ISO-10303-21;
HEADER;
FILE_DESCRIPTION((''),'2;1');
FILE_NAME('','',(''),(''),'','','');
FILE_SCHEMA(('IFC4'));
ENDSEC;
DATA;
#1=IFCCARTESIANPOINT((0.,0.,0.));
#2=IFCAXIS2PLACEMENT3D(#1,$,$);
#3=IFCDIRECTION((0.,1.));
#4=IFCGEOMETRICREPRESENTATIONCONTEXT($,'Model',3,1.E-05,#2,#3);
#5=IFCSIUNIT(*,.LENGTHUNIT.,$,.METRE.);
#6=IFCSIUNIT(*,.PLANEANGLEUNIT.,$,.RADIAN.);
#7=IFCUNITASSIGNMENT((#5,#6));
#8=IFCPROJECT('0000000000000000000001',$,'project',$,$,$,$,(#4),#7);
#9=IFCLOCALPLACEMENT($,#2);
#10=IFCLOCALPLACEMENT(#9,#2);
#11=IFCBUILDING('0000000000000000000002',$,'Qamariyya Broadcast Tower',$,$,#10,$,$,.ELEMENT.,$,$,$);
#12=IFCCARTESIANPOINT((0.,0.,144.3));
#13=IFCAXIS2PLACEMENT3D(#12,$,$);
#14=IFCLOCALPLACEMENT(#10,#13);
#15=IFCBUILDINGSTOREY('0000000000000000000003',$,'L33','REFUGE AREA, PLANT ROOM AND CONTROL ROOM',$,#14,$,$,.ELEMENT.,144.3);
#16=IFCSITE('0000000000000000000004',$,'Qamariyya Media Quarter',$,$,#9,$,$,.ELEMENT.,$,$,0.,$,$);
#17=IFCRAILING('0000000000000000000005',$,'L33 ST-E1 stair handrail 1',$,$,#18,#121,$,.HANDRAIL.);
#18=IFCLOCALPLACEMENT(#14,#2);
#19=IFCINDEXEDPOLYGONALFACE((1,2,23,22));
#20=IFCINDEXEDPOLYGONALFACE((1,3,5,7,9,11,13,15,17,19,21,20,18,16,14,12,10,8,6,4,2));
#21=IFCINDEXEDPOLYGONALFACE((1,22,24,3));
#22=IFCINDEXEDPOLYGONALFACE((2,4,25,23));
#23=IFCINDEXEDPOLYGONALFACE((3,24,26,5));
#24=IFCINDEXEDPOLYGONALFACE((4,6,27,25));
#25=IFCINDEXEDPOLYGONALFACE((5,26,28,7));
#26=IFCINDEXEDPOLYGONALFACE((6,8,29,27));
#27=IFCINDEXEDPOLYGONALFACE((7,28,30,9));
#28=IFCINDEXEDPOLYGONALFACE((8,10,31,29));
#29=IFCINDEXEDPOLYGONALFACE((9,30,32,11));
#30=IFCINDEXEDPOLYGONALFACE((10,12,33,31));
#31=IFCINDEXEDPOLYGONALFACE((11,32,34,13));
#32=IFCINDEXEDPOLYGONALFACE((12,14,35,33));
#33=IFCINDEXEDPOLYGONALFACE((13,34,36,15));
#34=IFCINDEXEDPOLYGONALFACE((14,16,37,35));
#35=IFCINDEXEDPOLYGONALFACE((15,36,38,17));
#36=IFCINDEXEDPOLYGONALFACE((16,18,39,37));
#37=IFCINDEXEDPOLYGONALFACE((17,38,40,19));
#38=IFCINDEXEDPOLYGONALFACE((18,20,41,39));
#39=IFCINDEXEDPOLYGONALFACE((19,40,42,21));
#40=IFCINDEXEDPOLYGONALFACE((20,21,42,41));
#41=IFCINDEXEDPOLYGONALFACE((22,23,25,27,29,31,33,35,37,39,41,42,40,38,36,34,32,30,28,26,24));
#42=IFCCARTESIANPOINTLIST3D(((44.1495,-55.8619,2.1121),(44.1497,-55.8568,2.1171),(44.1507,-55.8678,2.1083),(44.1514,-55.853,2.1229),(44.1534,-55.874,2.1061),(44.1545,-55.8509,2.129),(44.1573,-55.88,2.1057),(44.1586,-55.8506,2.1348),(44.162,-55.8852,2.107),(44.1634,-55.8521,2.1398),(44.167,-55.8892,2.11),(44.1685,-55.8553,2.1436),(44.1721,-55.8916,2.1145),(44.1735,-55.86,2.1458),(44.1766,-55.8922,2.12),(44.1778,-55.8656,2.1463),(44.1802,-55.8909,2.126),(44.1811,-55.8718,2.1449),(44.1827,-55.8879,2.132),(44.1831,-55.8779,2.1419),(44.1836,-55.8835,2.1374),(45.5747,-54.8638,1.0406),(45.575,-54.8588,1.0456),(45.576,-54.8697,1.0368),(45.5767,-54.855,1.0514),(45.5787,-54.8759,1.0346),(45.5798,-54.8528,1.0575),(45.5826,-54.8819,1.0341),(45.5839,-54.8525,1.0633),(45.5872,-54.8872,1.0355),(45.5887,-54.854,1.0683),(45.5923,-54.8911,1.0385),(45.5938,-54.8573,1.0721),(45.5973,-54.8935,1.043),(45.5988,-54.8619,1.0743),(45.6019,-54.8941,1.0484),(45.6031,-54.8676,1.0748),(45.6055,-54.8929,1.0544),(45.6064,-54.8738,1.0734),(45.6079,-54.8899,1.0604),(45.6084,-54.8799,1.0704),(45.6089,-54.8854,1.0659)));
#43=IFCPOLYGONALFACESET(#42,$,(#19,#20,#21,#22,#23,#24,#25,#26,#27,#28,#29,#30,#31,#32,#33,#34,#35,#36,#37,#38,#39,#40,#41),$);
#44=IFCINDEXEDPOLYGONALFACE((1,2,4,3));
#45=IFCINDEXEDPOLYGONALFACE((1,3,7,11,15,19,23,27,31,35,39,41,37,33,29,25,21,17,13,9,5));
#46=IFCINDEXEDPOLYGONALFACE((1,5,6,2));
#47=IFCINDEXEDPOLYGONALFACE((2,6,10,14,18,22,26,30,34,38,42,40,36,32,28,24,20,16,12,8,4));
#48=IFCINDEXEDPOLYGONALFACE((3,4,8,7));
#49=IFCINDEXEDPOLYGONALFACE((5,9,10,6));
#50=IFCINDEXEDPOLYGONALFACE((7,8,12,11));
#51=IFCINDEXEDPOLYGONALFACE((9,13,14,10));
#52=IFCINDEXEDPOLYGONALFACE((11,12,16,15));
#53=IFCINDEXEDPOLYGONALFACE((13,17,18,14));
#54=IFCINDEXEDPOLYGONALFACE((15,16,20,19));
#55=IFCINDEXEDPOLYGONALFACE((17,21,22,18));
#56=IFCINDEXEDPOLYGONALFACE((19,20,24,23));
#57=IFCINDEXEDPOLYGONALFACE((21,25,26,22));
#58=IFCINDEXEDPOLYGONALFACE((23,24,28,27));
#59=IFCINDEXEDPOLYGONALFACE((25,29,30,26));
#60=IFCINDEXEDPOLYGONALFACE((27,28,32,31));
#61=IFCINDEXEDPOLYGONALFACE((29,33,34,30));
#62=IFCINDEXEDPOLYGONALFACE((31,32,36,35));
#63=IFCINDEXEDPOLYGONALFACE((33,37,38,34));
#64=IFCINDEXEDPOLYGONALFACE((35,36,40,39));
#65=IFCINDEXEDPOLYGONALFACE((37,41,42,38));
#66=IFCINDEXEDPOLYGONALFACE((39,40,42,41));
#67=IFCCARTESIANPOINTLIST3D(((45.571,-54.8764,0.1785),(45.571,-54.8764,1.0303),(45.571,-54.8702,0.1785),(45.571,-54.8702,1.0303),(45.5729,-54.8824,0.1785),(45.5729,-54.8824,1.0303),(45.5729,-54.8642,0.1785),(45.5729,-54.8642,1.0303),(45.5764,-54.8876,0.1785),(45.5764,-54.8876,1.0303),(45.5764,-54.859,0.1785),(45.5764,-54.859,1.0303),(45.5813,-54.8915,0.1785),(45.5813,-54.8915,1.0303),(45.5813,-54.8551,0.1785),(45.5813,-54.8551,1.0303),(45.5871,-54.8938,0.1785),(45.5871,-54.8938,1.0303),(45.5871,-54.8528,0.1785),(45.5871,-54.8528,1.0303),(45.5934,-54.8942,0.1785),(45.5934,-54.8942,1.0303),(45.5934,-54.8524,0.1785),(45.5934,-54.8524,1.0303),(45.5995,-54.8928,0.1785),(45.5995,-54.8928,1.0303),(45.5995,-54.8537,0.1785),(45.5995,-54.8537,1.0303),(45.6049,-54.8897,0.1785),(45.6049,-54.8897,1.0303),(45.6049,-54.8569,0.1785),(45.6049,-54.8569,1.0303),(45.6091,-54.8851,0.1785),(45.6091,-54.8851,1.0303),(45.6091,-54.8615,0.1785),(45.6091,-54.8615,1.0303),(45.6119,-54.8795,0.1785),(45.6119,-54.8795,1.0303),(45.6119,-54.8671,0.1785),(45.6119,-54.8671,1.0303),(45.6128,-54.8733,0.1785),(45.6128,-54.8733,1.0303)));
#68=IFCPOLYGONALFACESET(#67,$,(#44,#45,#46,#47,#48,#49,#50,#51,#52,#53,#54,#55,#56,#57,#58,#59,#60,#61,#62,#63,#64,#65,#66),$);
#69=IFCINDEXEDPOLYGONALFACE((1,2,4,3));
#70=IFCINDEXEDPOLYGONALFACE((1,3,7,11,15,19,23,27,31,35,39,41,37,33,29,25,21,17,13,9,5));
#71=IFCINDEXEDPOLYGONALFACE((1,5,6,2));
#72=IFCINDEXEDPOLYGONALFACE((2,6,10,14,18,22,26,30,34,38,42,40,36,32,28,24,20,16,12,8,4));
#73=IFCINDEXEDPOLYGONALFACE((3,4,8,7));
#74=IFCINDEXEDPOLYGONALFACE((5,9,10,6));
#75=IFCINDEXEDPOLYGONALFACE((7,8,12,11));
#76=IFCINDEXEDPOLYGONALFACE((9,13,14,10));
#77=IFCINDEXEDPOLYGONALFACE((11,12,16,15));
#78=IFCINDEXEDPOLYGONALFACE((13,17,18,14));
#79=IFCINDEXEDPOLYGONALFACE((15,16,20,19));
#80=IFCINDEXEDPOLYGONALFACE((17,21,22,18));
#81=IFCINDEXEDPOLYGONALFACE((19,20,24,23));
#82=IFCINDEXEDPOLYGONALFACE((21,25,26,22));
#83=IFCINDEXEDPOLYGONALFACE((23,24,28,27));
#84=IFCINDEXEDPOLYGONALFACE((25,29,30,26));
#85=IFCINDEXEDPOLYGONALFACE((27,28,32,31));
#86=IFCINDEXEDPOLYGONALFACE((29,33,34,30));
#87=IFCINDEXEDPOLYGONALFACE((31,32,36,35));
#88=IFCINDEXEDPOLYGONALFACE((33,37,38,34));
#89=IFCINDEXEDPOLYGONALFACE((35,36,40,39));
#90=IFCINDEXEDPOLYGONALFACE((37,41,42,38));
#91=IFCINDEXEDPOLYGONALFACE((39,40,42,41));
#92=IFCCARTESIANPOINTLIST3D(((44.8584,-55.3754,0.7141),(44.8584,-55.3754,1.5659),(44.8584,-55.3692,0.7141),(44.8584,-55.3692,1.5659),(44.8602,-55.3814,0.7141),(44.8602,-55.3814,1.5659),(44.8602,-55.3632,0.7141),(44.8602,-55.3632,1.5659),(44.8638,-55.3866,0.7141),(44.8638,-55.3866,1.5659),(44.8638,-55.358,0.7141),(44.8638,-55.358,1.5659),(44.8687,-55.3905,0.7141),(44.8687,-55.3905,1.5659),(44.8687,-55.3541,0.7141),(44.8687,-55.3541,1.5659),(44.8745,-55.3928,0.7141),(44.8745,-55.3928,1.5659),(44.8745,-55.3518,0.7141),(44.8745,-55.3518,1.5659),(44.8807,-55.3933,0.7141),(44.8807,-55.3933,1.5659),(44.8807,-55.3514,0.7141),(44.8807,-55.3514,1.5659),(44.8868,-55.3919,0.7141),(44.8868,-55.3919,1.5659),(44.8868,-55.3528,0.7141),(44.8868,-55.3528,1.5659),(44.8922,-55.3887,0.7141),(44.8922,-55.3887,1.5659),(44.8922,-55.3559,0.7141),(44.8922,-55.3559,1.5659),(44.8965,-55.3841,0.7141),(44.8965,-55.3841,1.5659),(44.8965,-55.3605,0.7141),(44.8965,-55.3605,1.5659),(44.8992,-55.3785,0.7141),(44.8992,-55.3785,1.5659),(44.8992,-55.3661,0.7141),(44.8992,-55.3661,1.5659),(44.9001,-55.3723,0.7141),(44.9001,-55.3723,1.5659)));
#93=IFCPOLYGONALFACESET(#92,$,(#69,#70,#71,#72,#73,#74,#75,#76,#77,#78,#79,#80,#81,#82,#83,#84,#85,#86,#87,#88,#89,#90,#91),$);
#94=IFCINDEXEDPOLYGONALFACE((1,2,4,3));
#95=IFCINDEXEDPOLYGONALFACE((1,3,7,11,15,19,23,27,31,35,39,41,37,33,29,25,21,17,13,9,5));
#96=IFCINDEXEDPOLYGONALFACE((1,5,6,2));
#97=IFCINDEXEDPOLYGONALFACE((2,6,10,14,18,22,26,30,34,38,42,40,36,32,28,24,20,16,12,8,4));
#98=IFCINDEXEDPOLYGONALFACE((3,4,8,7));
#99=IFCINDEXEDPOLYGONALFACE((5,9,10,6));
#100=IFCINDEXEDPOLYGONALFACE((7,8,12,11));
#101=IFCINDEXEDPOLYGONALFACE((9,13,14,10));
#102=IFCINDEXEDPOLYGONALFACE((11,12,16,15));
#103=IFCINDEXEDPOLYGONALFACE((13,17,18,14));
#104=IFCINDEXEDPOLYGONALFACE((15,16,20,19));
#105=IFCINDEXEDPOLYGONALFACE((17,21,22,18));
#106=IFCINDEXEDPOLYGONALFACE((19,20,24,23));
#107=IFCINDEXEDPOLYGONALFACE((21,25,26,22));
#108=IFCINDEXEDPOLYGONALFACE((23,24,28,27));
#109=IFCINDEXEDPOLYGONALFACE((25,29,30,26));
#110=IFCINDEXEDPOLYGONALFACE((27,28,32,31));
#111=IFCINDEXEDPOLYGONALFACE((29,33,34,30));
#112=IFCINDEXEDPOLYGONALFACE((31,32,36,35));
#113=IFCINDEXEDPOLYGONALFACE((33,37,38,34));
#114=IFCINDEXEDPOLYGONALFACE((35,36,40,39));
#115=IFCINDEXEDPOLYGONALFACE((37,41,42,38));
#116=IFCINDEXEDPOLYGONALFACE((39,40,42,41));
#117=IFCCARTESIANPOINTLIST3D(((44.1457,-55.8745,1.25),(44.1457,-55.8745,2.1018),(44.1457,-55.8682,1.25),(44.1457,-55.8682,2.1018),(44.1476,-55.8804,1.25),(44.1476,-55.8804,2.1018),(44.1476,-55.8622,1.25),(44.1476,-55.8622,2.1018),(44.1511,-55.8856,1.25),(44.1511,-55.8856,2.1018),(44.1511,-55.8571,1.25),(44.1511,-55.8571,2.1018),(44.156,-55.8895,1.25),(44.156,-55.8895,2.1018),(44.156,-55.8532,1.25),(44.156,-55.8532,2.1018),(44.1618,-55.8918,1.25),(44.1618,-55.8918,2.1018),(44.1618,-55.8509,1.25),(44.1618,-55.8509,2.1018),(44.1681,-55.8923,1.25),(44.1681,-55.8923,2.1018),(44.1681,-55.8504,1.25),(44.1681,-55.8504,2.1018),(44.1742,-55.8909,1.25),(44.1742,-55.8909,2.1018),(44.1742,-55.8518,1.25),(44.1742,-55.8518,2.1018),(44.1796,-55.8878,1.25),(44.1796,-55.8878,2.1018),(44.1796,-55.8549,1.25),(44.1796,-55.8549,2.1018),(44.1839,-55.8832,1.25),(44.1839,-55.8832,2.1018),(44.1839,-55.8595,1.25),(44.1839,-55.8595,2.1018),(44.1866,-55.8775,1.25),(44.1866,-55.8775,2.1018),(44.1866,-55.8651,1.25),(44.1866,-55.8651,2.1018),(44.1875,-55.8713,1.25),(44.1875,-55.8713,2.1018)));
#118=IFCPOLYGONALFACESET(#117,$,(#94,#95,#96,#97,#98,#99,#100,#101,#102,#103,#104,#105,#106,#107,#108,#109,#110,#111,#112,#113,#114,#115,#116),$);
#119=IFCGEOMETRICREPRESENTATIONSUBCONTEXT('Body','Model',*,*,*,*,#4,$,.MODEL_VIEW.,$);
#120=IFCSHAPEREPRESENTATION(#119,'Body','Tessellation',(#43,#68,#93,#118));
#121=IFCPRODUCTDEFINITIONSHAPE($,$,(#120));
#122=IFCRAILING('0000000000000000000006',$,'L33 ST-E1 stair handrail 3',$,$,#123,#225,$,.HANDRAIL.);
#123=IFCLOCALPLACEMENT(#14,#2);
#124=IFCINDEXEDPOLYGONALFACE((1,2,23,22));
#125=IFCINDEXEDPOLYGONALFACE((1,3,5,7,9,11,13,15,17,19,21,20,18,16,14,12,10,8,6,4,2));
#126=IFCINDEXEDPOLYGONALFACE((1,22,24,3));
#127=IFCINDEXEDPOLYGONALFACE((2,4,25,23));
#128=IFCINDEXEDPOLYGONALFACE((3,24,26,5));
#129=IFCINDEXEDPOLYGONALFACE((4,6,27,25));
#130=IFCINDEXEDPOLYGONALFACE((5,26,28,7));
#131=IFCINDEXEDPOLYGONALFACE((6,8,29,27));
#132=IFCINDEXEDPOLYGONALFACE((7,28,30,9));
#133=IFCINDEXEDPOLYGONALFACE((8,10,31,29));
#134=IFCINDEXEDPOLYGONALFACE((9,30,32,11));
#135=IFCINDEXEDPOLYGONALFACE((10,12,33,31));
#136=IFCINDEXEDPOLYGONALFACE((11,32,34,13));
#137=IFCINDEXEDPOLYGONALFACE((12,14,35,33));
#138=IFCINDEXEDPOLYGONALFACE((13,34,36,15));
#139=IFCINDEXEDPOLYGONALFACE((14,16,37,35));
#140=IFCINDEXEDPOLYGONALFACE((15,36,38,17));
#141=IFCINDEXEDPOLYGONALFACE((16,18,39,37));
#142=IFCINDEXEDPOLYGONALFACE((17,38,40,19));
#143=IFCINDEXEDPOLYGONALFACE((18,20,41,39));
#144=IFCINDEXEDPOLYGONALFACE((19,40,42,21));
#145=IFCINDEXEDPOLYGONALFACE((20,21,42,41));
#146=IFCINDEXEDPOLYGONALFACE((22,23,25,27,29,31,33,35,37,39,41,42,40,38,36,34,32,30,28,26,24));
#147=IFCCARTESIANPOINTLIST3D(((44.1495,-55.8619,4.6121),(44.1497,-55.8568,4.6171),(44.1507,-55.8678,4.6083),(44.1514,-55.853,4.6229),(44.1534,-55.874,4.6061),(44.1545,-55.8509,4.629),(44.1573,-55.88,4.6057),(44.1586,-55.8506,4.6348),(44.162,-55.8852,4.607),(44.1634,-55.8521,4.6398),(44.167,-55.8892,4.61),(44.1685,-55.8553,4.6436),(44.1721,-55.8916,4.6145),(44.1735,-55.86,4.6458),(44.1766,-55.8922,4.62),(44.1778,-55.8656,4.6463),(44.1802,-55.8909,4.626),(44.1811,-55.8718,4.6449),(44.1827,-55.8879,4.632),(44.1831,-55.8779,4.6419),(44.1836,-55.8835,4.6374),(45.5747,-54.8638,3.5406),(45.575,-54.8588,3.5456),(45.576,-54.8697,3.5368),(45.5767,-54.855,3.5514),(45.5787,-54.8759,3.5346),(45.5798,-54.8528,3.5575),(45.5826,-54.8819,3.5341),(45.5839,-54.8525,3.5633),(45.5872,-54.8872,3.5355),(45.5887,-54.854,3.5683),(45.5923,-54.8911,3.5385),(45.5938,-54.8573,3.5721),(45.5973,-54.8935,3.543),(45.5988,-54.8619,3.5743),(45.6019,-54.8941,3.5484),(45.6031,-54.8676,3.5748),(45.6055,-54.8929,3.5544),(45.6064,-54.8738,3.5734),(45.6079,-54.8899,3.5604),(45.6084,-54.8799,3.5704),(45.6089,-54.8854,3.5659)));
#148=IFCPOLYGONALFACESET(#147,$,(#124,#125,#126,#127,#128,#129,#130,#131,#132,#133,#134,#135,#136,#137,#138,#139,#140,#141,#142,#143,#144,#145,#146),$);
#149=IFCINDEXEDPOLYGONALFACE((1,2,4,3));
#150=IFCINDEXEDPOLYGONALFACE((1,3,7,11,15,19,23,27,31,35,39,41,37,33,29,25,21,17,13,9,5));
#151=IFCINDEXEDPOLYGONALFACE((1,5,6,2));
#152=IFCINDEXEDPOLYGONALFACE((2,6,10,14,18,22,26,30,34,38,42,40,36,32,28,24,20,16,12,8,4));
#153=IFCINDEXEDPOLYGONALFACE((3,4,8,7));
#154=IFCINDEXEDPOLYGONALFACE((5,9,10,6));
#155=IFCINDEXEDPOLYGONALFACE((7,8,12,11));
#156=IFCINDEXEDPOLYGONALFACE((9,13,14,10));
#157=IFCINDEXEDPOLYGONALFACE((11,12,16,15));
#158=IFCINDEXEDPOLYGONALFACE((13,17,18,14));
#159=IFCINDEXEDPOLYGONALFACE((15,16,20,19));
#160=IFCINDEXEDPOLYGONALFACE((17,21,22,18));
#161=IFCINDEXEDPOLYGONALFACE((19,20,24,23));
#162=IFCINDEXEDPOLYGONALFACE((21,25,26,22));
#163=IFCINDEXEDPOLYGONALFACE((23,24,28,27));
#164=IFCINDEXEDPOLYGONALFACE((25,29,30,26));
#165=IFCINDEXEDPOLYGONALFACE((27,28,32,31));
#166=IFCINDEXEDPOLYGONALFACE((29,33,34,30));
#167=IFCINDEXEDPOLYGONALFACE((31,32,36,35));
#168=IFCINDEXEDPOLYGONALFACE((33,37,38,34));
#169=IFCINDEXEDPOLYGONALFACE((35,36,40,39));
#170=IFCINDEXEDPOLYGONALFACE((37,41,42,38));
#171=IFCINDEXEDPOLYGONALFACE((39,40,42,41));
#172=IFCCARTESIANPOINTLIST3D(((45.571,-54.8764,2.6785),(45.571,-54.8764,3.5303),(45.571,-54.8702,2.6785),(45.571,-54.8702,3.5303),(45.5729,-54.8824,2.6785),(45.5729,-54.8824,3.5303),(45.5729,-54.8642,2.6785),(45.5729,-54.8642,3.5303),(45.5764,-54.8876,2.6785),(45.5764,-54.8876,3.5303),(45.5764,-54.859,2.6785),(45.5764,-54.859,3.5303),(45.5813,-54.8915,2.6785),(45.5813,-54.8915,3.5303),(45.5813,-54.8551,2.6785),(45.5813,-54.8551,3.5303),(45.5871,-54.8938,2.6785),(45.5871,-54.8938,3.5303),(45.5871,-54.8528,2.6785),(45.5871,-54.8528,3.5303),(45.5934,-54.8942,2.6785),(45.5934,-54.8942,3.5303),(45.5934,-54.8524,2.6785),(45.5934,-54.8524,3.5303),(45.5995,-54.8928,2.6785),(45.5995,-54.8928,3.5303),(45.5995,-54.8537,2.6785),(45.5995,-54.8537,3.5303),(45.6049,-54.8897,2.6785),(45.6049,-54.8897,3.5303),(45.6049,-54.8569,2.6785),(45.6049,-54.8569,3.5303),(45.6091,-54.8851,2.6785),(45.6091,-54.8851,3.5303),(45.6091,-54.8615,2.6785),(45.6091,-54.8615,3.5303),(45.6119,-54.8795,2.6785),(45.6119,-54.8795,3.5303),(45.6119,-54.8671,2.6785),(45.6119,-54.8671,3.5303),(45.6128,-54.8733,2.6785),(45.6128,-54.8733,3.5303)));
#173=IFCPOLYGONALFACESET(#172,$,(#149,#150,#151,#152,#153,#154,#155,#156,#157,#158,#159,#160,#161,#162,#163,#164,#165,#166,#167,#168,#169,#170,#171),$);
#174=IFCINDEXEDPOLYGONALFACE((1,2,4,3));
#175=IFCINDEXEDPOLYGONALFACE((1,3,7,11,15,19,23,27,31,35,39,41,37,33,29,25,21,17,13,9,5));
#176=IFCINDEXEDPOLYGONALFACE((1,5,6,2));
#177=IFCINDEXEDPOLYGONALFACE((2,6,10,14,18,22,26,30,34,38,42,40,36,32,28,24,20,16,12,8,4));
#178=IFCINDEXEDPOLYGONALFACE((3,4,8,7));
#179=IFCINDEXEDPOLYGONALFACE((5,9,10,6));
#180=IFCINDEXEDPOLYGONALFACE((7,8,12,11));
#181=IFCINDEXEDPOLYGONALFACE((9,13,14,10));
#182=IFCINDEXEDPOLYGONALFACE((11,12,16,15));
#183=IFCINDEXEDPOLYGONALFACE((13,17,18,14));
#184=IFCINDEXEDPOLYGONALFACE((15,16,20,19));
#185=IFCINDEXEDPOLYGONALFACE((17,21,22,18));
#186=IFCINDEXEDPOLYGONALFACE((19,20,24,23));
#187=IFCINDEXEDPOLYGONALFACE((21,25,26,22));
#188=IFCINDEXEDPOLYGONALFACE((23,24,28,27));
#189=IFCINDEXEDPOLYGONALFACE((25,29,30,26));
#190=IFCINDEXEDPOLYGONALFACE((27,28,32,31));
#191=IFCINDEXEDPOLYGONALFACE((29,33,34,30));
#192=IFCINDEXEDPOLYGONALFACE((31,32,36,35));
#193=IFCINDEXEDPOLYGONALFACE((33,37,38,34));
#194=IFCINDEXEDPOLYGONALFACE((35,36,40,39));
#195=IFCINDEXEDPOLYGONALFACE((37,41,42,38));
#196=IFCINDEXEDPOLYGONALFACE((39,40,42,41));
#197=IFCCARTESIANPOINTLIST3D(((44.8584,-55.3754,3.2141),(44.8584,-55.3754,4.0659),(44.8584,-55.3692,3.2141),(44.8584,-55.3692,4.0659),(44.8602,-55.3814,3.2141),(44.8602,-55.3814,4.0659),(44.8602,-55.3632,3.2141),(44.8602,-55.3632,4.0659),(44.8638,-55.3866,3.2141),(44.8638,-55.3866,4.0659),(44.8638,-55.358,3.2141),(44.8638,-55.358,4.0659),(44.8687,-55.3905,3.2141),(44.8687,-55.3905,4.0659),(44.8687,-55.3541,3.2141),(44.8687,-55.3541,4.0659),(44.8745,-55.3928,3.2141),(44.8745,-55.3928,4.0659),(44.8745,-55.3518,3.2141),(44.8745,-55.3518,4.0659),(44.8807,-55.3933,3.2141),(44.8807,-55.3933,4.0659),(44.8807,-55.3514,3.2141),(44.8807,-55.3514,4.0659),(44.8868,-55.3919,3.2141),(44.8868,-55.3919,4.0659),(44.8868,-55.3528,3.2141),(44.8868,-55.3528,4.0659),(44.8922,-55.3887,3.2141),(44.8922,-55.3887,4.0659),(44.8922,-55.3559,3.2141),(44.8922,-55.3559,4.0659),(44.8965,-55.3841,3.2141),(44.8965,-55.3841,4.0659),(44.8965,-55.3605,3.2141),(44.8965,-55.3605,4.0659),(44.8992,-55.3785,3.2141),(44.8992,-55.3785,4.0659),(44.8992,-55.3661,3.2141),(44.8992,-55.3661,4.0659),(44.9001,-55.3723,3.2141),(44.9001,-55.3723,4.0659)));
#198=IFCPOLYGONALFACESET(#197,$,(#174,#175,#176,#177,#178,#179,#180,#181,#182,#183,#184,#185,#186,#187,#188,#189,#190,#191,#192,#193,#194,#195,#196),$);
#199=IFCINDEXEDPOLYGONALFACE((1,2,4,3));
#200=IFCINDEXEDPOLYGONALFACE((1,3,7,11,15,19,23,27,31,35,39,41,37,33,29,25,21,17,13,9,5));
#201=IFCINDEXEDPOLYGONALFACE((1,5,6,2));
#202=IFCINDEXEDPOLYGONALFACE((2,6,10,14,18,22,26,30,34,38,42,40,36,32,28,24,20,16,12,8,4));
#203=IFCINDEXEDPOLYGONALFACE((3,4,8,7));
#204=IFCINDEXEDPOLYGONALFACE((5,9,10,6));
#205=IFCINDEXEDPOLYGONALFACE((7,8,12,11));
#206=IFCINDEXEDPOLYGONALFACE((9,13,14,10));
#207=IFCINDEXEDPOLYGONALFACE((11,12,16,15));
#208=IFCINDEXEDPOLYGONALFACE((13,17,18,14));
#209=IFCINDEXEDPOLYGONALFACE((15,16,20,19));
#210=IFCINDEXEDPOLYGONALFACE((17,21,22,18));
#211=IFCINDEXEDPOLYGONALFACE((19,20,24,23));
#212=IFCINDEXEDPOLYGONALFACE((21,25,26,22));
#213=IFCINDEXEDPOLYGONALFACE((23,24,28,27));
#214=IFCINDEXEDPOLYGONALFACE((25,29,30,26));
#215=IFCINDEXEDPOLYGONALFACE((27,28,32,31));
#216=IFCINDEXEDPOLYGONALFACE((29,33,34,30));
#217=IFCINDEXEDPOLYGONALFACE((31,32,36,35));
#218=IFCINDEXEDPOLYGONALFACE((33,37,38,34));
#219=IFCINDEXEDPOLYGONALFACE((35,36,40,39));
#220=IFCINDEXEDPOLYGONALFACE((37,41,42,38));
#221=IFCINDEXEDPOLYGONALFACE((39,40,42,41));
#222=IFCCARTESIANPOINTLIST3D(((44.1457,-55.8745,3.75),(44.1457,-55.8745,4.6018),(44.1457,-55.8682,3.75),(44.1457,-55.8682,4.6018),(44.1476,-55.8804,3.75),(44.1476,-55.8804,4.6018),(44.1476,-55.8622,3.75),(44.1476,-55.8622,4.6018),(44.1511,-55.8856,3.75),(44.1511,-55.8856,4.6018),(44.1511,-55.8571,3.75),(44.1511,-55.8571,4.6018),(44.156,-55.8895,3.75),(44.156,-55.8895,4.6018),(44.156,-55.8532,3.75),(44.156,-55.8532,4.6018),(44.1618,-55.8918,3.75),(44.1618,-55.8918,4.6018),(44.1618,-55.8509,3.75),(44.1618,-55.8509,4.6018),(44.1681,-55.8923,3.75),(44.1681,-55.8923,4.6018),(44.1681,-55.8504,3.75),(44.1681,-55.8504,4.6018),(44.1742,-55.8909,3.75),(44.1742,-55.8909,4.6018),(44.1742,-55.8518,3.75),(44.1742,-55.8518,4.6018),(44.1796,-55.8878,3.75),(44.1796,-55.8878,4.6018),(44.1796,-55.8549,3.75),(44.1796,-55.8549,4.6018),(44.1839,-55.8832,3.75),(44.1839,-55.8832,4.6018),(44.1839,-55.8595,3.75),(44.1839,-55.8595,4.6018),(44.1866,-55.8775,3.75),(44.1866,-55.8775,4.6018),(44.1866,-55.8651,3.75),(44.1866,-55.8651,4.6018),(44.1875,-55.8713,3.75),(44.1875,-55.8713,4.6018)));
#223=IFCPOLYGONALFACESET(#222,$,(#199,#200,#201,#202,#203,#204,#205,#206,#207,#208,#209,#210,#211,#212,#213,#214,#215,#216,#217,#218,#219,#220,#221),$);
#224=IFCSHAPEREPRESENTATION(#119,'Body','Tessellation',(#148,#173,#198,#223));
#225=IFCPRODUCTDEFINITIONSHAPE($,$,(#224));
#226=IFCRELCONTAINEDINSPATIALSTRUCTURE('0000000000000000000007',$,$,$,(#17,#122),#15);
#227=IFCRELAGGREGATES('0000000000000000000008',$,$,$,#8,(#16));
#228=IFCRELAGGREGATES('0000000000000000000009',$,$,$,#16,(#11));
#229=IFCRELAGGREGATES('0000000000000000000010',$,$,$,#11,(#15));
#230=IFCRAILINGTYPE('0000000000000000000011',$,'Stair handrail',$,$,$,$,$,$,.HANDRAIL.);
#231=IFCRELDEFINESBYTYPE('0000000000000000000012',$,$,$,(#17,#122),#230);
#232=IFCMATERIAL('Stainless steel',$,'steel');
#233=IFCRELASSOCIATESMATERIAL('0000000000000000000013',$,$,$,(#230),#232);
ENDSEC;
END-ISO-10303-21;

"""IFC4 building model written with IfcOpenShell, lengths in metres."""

from ifc_helpers import new_model, si_unit, direction, frame, origin, origin_2d, place, context, subcontext, project, spatial, circle, extrude, material, type_object, element, save


model = new_model("IFC4")

# Units and contexts
model_context = context("Model", 3, precision=1e-05, world=origin(), true_north=direction((0.0, 1.0)))
body_context = subcontext(model_context, "Body", "Model", "MODEL_VIEW")
ifc_project = project(units=[si_unit("LENGTHUNIT", "METRE"), si_unit("PLANEANGLEUNIT", "RADIAN")], contexts=[model_context])

# Site, building, storey
site_placement = place(None, origin())
site = spatial("IfcSite", under=ifc_project, at=site_placement, Name="Qamariyya Media Quarter", CompositionType="ELEMENT", RefElevation=0.0)
building_placement = place(site_placement, origin())
building = spatial("IfcBuilding", under=site, at=building_placement, Name="Qamariyya Broadcast Tower", CompositionType="ELEMENT")
storey_placement = place(building_placement, frame((0.0, 0.0, 144.3)))
storey = spatial("IfcBuildingStorey", under=building, at=storey_placement, Name="L33", Description="REFUGE AREA, PLANT ROOM AND CONTROL ROOM", CompositionType="ELEMENT", Elevation=144.3)

# Railings
ifc_material_1 = material(Name="Stainless steel", Category="steel")
railing_type_1 = type_object("IfcRailingType", Name="Stair handrail", PredefinedType="HANDRAIL", material=ifc_material_1)
for number, where, name in (
    (1, (45.5918, -54.8733, 0.1785), "L33 ST-E1 stair handrail 1"),
    (2, (45.5918, -54.8733, 2.6785), "L33 ST-E1 stair handrail 3"),
):
    element("IfcRailing", number, at=place(storey_placement, frame(where)), inside=storey, type_object=railing_type_1, Name=name, PredefinedType="HANDRAIL", context=body_context, shape_type="SweptSolid", body=[
        extrude(circle(Radius=0.0239, at=origin_2d()), frame((0.0, 0.0, 0.876), z_axis=(-0.697489, -0.48841, 0.524371), x_axis=(0.573594, -0.81914, 0.0)), (0.0, 0.0, 1.0), 2.0435),
        extrude(circle(Radius=0.021, at=origin_2d()), origin(), (0.0, 0.0, 1.0), 0.8518),
        extrude(circle(Radius=0.021, at=origin_2d()), frame((-0.7126, -0.499, 0.5356)), (0.0, 0.0, 1.0), 0.8518),
        extrude(circle(Radius=0.021, at=origin_2d()), frame((-1.4253, -0.998, 1.0715)), (0.0, 0.0, 1.0), 0.8518),
    ])

save(model, "model.ifc")
